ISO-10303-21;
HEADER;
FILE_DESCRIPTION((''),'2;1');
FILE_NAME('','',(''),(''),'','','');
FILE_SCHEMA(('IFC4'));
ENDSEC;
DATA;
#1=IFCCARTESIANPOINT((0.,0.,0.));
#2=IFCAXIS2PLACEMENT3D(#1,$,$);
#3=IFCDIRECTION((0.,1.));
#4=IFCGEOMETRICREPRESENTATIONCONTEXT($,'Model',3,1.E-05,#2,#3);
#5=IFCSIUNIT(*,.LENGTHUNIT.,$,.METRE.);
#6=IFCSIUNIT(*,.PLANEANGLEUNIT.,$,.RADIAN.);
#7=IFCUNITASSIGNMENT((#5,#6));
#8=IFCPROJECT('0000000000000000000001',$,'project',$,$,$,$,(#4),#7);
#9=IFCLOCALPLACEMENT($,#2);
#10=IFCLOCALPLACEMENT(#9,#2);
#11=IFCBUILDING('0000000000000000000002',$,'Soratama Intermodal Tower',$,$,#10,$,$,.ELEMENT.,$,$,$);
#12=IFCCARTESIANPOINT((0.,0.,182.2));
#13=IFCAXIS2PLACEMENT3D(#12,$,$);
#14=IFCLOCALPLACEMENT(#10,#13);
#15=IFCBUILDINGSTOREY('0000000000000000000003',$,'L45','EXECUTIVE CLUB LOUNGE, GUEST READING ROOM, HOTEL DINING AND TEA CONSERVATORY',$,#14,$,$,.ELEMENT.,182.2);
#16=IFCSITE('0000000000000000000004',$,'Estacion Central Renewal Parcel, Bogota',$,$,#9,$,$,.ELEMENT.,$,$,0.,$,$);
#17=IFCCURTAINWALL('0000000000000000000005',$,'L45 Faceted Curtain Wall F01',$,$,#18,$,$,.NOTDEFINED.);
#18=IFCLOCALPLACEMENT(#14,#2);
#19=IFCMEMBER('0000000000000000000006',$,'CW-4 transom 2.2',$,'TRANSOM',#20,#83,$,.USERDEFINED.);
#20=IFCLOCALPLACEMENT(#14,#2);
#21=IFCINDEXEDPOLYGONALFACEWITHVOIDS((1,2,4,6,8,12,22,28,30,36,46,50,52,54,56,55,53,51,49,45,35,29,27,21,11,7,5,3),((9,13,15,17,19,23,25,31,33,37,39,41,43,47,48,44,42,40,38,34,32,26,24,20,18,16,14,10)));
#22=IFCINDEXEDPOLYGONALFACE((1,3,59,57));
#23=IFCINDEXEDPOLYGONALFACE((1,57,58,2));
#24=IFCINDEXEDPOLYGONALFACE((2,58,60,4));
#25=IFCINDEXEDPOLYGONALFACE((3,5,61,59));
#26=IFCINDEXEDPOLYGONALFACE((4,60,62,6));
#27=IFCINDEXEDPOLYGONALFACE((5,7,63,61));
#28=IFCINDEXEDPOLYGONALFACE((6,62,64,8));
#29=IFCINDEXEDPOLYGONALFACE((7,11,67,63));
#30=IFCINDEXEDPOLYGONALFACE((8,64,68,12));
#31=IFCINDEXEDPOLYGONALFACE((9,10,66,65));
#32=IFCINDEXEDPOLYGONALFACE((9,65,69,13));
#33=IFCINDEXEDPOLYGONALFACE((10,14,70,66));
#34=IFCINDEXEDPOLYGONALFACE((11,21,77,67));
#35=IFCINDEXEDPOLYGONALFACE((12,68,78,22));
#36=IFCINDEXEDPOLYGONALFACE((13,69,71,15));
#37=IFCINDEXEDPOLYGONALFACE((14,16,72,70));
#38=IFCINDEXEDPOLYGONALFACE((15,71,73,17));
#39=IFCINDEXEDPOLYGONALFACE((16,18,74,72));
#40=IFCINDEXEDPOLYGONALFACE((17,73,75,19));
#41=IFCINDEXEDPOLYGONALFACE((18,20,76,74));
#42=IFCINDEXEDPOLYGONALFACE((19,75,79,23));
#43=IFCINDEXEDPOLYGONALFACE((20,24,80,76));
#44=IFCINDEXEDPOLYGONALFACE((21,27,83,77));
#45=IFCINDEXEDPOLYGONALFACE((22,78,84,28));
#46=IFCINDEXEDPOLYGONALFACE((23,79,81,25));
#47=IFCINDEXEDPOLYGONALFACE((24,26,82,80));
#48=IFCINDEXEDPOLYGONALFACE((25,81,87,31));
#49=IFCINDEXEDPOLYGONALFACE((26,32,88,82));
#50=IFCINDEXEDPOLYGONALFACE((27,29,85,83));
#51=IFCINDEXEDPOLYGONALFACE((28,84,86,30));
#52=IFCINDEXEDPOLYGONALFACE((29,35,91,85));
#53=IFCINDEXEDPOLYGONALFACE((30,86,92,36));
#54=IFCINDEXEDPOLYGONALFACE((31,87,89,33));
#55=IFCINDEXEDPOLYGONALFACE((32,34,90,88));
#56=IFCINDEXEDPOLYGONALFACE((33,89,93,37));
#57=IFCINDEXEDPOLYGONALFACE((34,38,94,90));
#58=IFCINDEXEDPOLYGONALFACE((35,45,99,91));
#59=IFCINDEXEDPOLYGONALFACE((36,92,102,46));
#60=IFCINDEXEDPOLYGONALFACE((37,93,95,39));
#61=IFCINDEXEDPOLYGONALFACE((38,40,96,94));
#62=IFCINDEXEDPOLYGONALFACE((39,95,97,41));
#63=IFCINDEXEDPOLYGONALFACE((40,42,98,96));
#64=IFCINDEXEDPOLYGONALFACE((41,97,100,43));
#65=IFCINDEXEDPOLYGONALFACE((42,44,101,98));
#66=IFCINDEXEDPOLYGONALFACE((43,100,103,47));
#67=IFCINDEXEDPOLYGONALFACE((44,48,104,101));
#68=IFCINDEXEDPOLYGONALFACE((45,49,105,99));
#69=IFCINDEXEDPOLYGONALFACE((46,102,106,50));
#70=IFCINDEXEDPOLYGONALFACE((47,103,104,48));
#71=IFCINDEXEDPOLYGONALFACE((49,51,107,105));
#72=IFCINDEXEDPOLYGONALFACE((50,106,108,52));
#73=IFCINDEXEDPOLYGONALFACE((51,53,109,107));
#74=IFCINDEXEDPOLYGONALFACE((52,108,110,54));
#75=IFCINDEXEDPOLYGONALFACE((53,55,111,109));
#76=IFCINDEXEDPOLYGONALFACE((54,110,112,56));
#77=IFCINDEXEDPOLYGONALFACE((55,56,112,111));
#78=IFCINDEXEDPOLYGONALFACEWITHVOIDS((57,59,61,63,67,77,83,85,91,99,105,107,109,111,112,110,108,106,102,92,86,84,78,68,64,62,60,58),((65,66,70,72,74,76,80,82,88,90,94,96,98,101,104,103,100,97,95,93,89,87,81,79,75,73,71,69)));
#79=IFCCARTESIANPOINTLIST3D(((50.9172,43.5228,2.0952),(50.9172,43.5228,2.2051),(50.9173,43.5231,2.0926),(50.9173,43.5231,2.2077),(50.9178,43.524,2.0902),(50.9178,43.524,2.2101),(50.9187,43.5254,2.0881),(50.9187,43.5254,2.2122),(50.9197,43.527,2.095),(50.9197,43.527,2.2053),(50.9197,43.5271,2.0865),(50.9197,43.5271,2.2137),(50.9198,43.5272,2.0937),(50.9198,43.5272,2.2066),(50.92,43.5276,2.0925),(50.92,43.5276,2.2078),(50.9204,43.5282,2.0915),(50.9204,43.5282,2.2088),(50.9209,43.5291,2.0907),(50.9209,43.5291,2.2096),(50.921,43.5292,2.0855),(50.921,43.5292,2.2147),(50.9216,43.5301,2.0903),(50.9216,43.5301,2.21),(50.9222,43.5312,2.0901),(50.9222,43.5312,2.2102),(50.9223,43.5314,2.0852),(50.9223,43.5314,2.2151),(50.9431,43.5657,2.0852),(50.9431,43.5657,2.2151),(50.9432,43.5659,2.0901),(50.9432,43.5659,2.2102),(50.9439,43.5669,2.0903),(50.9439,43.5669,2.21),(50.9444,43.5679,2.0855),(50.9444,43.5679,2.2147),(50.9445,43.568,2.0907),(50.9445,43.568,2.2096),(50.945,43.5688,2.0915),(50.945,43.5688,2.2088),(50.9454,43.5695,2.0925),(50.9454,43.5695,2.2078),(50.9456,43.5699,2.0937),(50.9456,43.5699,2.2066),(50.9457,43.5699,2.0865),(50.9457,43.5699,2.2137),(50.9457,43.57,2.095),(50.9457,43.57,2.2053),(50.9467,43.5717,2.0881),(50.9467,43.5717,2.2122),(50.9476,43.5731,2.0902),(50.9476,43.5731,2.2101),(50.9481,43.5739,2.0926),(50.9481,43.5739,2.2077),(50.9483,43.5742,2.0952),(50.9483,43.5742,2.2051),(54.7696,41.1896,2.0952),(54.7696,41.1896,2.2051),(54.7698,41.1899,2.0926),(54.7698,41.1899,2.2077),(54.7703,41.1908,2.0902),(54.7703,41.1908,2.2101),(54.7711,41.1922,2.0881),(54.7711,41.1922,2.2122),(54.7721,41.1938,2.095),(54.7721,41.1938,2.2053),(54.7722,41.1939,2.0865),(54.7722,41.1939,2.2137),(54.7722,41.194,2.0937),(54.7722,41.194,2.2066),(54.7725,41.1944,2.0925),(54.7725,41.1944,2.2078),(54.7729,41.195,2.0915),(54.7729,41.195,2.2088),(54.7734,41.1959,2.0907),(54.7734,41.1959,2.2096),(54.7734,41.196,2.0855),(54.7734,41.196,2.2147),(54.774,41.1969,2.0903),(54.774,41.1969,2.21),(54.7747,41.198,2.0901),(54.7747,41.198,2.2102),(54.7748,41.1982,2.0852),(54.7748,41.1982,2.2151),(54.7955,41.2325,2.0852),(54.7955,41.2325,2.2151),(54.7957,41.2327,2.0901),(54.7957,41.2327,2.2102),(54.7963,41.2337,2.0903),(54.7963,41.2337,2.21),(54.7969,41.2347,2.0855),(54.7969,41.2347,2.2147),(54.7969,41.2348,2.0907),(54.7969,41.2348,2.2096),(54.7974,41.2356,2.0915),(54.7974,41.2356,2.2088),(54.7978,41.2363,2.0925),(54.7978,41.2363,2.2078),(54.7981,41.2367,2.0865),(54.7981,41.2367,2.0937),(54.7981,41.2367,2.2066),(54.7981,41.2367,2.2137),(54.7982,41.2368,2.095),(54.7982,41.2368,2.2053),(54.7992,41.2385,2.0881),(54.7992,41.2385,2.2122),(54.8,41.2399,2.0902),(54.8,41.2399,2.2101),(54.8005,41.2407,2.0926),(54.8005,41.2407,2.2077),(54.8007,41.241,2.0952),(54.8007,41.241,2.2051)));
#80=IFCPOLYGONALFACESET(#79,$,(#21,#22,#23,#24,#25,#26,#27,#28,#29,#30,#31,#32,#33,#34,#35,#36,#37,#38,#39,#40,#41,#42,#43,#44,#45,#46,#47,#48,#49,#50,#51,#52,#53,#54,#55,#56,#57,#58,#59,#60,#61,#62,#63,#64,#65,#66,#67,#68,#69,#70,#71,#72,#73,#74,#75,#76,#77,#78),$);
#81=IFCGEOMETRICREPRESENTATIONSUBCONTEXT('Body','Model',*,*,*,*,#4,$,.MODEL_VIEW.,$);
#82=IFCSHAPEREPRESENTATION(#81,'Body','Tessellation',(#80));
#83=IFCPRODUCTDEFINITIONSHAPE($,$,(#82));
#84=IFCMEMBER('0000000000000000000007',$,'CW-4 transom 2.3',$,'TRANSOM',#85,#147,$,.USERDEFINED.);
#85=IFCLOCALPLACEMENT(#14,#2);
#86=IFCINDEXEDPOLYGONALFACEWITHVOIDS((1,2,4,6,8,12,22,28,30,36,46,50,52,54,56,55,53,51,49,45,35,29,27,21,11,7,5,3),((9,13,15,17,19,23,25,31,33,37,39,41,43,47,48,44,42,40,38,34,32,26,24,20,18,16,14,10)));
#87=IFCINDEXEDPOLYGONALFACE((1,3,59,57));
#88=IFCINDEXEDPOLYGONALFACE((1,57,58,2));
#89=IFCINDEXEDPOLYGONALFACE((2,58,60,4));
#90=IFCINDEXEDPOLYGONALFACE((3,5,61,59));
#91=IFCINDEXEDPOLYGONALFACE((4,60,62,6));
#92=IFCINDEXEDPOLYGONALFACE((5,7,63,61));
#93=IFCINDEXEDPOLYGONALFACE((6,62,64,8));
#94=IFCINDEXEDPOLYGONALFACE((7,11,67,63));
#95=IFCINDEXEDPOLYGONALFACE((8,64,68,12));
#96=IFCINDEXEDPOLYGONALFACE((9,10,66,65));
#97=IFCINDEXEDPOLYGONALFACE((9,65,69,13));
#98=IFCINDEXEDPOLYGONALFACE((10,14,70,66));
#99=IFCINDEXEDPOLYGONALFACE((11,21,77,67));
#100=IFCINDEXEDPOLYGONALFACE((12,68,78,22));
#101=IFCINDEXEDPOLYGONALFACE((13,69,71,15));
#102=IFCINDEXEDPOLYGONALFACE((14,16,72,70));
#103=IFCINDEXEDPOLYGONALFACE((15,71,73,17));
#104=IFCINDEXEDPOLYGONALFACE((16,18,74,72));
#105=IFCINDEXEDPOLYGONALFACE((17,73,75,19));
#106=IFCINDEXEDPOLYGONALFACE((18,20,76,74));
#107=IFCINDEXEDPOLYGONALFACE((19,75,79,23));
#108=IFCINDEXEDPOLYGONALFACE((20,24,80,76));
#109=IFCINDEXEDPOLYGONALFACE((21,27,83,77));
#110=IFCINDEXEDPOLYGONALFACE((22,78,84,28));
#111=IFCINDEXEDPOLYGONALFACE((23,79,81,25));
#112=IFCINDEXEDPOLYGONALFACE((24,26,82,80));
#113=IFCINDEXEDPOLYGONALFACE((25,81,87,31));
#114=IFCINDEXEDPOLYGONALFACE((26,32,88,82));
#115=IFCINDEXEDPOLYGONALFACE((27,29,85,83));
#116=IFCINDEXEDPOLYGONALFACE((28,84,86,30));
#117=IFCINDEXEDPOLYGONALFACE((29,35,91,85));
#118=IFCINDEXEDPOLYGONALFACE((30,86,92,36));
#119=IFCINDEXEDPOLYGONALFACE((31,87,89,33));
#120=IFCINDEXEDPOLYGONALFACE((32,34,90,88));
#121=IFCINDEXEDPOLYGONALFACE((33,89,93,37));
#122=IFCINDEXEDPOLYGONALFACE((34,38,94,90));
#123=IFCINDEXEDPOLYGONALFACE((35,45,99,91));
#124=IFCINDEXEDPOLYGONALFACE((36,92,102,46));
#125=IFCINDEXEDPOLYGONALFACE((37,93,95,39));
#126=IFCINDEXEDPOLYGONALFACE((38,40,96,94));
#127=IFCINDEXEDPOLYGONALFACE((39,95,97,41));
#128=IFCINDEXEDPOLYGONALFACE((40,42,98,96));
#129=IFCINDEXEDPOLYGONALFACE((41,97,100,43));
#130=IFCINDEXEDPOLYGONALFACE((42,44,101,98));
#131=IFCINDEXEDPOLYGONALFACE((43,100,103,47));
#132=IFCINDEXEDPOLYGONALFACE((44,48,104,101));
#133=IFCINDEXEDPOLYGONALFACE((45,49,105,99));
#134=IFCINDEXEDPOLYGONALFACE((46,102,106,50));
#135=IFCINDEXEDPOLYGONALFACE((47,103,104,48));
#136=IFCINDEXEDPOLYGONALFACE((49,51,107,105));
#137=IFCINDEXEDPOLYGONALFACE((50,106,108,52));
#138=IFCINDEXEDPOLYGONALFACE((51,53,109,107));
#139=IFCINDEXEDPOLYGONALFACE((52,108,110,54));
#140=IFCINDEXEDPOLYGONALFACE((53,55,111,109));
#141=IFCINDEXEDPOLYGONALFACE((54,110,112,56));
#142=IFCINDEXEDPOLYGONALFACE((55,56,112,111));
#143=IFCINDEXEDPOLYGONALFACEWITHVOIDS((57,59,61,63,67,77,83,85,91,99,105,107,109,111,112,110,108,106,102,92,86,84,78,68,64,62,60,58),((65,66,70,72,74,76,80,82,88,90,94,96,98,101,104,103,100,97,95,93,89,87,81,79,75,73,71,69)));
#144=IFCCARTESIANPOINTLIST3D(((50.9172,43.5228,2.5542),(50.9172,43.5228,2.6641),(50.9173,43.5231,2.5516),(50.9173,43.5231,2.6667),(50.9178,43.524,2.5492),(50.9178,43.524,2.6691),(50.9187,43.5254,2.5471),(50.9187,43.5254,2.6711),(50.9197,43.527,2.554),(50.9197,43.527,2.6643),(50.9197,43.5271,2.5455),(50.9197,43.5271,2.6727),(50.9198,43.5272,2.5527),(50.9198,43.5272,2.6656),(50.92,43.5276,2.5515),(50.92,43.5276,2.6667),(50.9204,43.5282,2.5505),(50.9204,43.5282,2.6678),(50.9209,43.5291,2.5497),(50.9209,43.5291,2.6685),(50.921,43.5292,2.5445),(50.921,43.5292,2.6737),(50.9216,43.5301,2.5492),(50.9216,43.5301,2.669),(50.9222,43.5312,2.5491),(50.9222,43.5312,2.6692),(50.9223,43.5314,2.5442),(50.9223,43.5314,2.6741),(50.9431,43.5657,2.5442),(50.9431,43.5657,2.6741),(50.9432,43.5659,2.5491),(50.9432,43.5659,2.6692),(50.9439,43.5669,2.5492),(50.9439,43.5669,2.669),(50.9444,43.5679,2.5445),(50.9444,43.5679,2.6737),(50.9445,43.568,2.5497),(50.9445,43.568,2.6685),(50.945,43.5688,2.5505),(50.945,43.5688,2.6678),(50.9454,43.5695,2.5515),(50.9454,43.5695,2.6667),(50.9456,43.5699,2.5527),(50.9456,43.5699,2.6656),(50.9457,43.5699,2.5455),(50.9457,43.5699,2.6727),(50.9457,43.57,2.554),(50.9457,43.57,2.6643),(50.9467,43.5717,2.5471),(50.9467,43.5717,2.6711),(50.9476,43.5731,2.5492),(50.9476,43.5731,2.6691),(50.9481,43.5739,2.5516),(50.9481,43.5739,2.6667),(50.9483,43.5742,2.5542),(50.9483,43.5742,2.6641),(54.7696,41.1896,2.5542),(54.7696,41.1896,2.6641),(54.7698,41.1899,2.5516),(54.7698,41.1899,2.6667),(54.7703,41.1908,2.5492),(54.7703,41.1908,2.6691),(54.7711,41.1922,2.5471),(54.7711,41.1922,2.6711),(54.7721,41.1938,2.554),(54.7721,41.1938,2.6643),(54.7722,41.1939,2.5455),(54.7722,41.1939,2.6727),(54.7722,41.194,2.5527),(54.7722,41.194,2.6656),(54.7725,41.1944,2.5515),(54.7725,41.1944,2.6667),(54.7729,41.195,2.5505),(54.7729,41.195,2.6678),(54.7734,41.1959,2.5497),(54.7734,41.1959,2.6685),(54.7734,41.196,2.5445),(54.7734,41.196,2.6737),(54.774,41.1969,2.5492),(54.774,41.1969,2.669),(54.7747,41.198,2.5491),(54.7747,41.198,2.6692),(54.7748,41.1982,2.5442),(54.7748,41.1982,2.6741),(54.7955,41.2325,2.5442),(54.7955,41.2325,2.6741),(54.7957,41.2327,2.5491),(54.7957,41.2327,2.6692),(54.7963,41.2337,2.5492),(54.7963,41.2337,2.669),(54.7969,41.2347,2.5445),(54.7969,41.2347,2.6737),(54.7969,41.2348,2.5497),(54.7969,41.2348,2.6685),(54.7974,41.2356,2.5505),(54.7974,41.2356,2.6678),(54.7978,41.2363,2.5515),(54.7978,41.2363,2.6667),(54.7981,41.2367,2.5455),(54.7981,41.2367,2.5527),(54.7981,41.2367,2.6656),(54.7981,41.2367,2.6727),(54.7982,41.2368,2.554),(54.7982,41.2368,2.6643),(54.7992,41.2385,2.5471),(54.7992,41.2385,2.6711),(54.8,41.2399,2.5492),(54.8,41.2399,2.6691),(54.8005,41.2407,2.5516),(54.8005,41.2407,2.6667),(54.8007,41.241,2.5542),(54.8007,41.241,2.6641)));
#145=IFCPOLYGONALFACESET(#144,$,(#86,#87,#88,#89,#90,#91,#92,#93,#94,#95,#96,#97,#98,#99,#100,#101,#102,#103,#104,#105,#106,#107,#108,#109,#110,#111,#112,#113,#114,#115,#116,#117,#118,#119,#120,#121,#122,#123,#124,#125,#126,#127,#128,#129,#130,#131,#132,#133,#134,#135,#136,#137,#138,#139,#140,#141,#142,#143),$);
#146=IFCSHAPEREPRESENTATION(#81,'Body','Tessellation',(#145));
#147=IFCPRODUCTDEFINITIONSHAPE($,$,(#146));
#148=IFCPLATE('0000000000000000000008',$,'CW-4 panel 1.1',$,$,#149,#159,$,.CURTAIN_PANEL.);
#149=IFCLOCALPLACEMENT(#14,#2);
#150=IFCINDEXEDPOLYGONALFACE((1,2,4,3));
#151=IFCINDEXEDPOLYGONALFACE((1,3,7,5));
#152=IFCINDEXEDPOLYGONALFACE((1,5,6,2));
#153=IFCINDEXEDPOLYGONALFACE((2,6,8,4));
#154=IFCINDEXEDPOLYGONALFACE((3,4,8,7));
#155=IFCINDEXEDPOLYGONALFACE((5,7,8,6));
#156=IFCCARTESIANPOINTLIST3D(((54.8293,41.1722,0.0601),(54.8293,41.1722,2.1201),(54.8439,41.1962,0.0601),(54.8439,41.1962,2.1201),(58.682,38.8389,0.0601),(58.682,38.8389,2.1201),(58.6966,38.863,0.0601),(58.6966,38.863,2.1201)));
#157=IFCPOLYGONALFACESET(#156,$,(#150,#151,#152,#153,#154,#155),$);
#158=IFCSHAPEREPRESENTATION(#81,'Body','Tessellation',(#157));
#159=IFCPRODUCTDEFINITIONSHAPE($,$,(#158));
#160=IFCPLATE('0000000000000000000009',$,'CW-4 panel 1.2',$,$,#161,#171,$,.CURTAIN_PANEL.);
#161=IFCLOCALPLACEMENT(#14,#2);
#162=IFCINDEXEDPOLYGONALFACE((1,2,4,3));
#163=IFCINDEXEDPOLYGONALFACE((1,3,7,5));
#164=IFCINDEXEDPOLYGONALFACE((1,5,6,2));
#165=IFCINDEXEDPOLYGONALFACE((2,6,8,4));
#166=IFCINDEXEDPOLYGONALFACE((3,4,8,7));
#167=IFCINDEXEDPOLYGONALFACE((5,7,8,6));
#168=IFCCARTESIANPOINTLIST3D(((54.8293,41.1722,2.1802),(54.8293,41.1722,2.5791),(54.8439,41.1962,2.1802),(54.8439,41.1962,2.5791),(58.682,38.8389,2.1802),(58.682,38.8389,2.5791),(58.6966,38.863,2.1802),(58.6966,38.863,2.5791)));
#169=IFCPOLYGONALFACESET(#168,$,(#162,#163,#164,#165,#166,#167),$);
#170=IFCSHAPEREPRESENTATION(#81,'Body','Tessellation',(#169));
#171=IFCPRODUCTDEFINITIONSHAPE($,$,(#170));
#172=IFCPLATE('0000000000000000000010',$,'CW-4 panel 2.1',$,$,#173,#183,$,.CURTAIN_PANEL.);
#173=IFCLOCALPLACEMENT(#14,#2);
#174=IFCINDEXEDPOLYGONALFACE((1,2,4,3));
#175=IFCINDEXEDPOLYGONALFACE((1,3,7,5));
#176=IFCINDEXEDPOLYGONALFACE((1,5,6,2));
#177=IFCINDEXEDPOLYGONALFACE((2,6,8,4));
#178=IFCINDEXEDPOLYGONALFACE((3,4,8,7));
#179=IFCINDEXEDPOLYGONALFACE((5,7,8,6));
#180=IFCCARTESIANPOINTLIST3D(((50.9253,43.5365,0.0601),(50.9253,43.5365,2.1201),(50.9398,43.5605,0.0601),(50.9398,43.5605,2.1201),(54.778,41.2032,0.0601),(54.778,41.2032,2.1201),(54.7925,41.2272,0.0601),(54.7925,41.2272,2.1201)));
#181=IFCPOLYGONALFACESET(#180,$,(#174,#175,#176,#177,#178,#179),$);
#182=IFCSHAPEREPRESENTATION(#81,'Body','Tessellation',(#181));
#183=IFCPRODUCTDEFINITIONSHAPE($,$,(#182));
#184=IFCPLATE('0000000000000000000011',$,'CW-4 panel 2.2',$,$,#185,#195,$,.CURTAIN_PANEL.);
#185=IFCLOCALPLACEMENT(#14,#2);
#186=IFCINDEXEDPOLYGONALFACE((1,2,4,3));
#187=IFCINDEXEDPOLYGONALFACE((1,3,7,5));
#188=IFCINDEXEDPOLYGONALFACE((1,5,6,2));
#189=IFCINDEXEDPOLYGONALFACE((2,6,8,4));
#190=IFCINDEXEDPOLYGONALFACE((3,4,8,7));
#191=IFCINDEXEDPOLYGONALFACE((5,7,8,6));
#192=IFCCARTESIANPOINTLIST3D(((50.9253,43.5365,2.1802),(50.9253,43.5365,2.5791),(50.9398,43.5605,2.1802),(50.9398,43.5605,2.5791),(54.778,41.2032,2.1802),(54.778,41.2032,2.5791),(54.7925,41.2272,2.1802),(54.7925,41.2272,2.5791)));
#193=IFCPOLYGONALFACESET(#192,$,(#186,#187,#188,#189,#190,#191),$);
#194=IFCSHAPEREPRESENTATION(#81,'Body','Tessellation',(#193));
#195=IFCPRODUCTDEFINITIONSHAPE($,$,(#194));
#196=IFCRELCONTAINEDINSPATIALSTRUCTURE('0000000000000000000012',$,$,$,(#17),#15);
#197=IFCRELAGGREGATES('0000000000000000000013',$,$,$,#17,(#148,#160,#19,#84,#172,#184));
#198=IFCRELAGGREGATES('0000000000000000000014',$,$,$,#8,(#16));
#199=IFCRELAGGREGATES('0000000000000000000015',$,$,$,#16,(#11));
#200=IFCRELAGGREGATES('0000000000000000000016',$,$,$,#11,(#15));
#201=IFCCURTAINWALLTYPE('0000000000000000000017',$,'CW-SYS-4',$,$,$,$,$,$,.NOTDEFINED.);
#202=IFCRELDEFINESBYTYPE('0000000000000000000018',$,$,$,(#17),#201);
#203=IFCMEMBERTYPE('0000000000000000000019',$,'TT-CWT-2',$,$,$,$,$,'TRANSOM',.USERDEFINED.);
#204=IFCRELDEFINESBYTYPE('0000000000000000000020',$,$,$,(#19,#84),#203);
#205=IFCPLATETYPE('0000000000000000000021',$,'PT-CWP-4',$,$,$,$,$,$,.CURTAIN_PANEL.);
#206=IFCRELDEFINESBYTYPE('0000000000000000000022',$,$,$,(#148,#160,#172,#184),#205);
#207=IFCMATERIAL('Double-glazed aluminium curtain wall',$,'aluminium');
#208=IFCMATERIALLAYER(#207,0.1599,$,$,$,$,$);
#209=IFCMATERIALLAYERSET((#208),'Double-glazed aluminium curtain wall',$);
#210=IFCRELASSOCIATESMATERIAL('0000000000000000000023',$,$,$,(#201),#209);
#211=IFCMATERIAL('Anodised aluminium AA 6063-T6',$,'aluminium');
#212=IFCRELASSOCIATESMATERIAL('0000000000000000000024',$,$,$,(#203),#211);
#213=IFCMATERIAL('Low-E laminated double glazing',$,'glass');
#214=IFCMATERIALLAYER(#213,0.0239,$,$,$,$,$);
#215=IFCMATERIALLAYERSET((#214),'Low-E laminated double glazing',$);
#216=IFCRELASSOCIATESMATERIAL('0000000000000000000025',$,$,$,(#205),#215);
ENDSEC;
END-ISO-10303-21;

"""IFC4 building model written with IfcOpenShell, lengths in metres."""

from ifc_helpers import new_model, si_unit, direction, frame, origin, origin_2d, place, context, subcontext, project, spatial, rectangle, hollow_rectangle, extrude, material, layer, layer_set, material_profile, profile_set, type_object, element, aggregate, save


model = new_model("IFC4")

# Units and contexts
model_context = context("Model", 3, precision=1e-05, world=origin(), true_north=direction((0.0, 1.0)))
body_context = subcontext(model_context, "Body", "Model", "MODEL_VIEW")
ifc_project = project(units=[si_unit("LENGTHUNIT", "METRE"), si_unit("PLANEANGLEUNIT", "RADIAN")], contexts=[model_context])

# Site, building, storey
site_placement = place(None, origin())
site = spatial("IfcSite", under=ifc_project, at=site_placement, Name="Estacion Central Renewal Parcel, Bogota", CompositionType="ELEMENT", RefElevation=0.0)
building_placement = place(site_placement, origin())
building = spatial("IfcBuilding", under=site, at=building_placement, Name="Soratama Intermodal Tower", CompositionType="ELEMENT")
storey_placement = place(building_placement, frame((0.0, 0.0, 182.2)))
storey = spatial("IfcBuildingStorey", under=building, at=storey_placement, Name="L45", Description="EXECUTIVE CLUB LOUNGE, GUEST READING ROOM, HOTEL DINING AND TEA CONSERVATORY", CompositionType="ELEMENT", Elevation=182.2)

# Curtain wall, members, plates
ifc_material_1 = material(Name="Double-glazed aluminium curtain wall", Category="aluminium")
ifc_layer_1 = layer(ifc_material_1, 0.1599)
ifc_layer_set_1 = layer_set([ifc_layer_1], Name="Double-glazed aluminium curtain wall")
curtain_wall_type = type_object("IfcCurtainWallType", Name="CW-SYS-4", PredefinedType="NOTDEFINED", material=ifc_layer_set_1)
curtain_wall_placement = place(storey_placement, origin())
curtain_wall = element("IfcCurtainWall", 1, at=curtain_wall_placement, inside=storey, type_object=curtain_wall_type, Name="L45 Faceted Curtain Wall F01", PredefinedType="NOTDEFINED")
ifc_material_2 = material(Name="Anodised aluminium AA 6063-T6", Category="aluminium")
ifc_material_profile_1 = material_profile(ifc_material_2, hollow_rectangle(XDim=0.0601, YDim=0.1299, WallThickness=0.0049, InnerFilletRadius=0.0049, OuterFilletRadius=0.01, at=origin_2d()), Name="CWT130X60X5")
ifc_profile_set_1 = profile_set([ifc_material_profile_1], Name="Anodised aluminium AA 6063-T6")
member_type_1 = type_object("IfcMemberType", Name="TT-CWT-2", ElementType="TRANSOM", PredefinedType="USERDEFINED", material=ifc_profile_set_1)
member_1_placement = place(storey_placement, frame((54.7852, 41.2153, 2.1501), z_axis=(-0.855357, 0.518039, 0.0), x_axis=(-0.518039, -0.855357, 0.0)))
member_1 = element("IfcMember", 2, at=member_1_placement, type_object=member_type_1, Name="CW-4 transom 2.2", ObjectType="TRANSOM", PredefinedType="USERDEFINED", context=body_context, shape_type="SweptSolid", body=[
    extrude(hollow_rectangle(XDim=0.0601, YDim=0.1299, WallThickness=0.0049, InnerFilletRadius=0.0049, OuterFilletRadius=0.01, at=origin_2d()), origin(), (0.0, 0.0, 1.0), 4.5039),
])
member_2_placement = place(storey_placement, frame((54.7852, 41.2153, 2.6091), z_axis=(-0.855357, 0.518039, 0.0), x_axis=(-0.518039, -0.855357, 0.0)))
member_2 = element("IfcMember", 3, at=member_2_placement, type_object=member_type_1, Name="CW-4 transom 2.3", ObjectType="TRANSOM", PredefinedType="USERDEFINED", context=body_context, shape_type="SweptSolid", body=[
    extrude(hollow_rectangle(XDim=0.0601, YDim=0.1299, WallThickness=0.0049, InnerFilletRadius=0.0049, OuterFilletRadius=0.01, at=origin_2d()), origin(), (0.0, 0.0, 1.0), 4.5039),
])
ifc_material_3 = material(Name="Low-E laminated double glazing", Category="glass")
ifc_layer_2 = layer(ifc_material_3, 0.0239)
ifc_layer_set_2 = layer_set([ifc_layer_2], Name="Low-E laminated double glazing")
plate_type = type_object("IfcPlateType", Name="PT-CWP-4", PredefinedType="CURTAIN_PANEL", material=ifc_layer_set_2)
plate_1_placement = place(storey_placement, frame((56.7629, 40.0176, 0.0601), z_axis=(0.0, 0.0, 1.0), x_axis=(-0.855364, 0.518027, 0.0)))
plate_1 = element("IfcPlate", 4, at=plate_1_placement, type_object=plate_type, Name="CW-4 panel 1.1", PredefinedType="CURTAIN_PANEL", context=body_context, shape_type="SweptSolid", body=[
    extrude(rectangle(XDim=4.5042, YDim=0.0281, at=origin_2d()), origin(), (0.0, 0.0, 1.0), 2.0601),
])
plate_2_placement = place(storey_placement, frame((56.7629, 40.0176, 2.1802), z_axis=(0.0, 0.0, 1.0), x_axis=(-0.855364, 0.518027, 0.0)))
plate_2 = element("IfcPlate", 5, at=plate_2_placement, type_object=plate_type, Name="CW-4 panel 1.2", PredefinedType="CURTAIN_PANEL", context=body_context, shape_type="SweptSolid", body=[
    extrude(rectangle(XDim=4.5042, YDim=0.0281, at=origin_2d()), origin(), (0.0, 0.0, 1.0), 0.3989),
])
plate_3_placement = place(storey_placement, frame((52.8589, 42.3818, 0.0601), z_axis=(0.0, 0.0, 1.0), x_axis=(-0.855364, 0.518027, 0.0)))
plate_3 = element("IfcPlate", 6, at=plate_3_placement, type_object=plate_type, Name="CW-4 panel 2.1", PredefinedType="CURTAIN_PANEL", context=body_context, shape_type="SweptSolid", body=[
    extrude(rectangle(XDim=4.5042, YDim=0.0281, at=origin_2d()), origin(), (0.0, 0.0, 1.0), 2.0601),
])
plate_4_placement = place(storey_placement, frame((52.8589, 42.3818, 2.1802), z_axis=(0.0, 0.0, 1.0), x_axis=(-0.855364, 0.518027, 0.0)))
plate_4 = element("IfcPlate", 7, at=plate_4_placement, type_object=plate_type, Name="CW-4 panel 2.2", PredefinedType="CURTAIN_PANEL", context=body_context, shape_type="SweptSolid", body=[
    extrude(rectangle(XDim=4.5042, YDim=0.0281, at=origin_2d()), origin(), (0.0, 0.0, 1.0), 0.3989),
])
aggregate(curtain_wall, [plate_1, plate_2, member_1, member_2, plate_3, plate_4])

save(model, "model.ifc")
